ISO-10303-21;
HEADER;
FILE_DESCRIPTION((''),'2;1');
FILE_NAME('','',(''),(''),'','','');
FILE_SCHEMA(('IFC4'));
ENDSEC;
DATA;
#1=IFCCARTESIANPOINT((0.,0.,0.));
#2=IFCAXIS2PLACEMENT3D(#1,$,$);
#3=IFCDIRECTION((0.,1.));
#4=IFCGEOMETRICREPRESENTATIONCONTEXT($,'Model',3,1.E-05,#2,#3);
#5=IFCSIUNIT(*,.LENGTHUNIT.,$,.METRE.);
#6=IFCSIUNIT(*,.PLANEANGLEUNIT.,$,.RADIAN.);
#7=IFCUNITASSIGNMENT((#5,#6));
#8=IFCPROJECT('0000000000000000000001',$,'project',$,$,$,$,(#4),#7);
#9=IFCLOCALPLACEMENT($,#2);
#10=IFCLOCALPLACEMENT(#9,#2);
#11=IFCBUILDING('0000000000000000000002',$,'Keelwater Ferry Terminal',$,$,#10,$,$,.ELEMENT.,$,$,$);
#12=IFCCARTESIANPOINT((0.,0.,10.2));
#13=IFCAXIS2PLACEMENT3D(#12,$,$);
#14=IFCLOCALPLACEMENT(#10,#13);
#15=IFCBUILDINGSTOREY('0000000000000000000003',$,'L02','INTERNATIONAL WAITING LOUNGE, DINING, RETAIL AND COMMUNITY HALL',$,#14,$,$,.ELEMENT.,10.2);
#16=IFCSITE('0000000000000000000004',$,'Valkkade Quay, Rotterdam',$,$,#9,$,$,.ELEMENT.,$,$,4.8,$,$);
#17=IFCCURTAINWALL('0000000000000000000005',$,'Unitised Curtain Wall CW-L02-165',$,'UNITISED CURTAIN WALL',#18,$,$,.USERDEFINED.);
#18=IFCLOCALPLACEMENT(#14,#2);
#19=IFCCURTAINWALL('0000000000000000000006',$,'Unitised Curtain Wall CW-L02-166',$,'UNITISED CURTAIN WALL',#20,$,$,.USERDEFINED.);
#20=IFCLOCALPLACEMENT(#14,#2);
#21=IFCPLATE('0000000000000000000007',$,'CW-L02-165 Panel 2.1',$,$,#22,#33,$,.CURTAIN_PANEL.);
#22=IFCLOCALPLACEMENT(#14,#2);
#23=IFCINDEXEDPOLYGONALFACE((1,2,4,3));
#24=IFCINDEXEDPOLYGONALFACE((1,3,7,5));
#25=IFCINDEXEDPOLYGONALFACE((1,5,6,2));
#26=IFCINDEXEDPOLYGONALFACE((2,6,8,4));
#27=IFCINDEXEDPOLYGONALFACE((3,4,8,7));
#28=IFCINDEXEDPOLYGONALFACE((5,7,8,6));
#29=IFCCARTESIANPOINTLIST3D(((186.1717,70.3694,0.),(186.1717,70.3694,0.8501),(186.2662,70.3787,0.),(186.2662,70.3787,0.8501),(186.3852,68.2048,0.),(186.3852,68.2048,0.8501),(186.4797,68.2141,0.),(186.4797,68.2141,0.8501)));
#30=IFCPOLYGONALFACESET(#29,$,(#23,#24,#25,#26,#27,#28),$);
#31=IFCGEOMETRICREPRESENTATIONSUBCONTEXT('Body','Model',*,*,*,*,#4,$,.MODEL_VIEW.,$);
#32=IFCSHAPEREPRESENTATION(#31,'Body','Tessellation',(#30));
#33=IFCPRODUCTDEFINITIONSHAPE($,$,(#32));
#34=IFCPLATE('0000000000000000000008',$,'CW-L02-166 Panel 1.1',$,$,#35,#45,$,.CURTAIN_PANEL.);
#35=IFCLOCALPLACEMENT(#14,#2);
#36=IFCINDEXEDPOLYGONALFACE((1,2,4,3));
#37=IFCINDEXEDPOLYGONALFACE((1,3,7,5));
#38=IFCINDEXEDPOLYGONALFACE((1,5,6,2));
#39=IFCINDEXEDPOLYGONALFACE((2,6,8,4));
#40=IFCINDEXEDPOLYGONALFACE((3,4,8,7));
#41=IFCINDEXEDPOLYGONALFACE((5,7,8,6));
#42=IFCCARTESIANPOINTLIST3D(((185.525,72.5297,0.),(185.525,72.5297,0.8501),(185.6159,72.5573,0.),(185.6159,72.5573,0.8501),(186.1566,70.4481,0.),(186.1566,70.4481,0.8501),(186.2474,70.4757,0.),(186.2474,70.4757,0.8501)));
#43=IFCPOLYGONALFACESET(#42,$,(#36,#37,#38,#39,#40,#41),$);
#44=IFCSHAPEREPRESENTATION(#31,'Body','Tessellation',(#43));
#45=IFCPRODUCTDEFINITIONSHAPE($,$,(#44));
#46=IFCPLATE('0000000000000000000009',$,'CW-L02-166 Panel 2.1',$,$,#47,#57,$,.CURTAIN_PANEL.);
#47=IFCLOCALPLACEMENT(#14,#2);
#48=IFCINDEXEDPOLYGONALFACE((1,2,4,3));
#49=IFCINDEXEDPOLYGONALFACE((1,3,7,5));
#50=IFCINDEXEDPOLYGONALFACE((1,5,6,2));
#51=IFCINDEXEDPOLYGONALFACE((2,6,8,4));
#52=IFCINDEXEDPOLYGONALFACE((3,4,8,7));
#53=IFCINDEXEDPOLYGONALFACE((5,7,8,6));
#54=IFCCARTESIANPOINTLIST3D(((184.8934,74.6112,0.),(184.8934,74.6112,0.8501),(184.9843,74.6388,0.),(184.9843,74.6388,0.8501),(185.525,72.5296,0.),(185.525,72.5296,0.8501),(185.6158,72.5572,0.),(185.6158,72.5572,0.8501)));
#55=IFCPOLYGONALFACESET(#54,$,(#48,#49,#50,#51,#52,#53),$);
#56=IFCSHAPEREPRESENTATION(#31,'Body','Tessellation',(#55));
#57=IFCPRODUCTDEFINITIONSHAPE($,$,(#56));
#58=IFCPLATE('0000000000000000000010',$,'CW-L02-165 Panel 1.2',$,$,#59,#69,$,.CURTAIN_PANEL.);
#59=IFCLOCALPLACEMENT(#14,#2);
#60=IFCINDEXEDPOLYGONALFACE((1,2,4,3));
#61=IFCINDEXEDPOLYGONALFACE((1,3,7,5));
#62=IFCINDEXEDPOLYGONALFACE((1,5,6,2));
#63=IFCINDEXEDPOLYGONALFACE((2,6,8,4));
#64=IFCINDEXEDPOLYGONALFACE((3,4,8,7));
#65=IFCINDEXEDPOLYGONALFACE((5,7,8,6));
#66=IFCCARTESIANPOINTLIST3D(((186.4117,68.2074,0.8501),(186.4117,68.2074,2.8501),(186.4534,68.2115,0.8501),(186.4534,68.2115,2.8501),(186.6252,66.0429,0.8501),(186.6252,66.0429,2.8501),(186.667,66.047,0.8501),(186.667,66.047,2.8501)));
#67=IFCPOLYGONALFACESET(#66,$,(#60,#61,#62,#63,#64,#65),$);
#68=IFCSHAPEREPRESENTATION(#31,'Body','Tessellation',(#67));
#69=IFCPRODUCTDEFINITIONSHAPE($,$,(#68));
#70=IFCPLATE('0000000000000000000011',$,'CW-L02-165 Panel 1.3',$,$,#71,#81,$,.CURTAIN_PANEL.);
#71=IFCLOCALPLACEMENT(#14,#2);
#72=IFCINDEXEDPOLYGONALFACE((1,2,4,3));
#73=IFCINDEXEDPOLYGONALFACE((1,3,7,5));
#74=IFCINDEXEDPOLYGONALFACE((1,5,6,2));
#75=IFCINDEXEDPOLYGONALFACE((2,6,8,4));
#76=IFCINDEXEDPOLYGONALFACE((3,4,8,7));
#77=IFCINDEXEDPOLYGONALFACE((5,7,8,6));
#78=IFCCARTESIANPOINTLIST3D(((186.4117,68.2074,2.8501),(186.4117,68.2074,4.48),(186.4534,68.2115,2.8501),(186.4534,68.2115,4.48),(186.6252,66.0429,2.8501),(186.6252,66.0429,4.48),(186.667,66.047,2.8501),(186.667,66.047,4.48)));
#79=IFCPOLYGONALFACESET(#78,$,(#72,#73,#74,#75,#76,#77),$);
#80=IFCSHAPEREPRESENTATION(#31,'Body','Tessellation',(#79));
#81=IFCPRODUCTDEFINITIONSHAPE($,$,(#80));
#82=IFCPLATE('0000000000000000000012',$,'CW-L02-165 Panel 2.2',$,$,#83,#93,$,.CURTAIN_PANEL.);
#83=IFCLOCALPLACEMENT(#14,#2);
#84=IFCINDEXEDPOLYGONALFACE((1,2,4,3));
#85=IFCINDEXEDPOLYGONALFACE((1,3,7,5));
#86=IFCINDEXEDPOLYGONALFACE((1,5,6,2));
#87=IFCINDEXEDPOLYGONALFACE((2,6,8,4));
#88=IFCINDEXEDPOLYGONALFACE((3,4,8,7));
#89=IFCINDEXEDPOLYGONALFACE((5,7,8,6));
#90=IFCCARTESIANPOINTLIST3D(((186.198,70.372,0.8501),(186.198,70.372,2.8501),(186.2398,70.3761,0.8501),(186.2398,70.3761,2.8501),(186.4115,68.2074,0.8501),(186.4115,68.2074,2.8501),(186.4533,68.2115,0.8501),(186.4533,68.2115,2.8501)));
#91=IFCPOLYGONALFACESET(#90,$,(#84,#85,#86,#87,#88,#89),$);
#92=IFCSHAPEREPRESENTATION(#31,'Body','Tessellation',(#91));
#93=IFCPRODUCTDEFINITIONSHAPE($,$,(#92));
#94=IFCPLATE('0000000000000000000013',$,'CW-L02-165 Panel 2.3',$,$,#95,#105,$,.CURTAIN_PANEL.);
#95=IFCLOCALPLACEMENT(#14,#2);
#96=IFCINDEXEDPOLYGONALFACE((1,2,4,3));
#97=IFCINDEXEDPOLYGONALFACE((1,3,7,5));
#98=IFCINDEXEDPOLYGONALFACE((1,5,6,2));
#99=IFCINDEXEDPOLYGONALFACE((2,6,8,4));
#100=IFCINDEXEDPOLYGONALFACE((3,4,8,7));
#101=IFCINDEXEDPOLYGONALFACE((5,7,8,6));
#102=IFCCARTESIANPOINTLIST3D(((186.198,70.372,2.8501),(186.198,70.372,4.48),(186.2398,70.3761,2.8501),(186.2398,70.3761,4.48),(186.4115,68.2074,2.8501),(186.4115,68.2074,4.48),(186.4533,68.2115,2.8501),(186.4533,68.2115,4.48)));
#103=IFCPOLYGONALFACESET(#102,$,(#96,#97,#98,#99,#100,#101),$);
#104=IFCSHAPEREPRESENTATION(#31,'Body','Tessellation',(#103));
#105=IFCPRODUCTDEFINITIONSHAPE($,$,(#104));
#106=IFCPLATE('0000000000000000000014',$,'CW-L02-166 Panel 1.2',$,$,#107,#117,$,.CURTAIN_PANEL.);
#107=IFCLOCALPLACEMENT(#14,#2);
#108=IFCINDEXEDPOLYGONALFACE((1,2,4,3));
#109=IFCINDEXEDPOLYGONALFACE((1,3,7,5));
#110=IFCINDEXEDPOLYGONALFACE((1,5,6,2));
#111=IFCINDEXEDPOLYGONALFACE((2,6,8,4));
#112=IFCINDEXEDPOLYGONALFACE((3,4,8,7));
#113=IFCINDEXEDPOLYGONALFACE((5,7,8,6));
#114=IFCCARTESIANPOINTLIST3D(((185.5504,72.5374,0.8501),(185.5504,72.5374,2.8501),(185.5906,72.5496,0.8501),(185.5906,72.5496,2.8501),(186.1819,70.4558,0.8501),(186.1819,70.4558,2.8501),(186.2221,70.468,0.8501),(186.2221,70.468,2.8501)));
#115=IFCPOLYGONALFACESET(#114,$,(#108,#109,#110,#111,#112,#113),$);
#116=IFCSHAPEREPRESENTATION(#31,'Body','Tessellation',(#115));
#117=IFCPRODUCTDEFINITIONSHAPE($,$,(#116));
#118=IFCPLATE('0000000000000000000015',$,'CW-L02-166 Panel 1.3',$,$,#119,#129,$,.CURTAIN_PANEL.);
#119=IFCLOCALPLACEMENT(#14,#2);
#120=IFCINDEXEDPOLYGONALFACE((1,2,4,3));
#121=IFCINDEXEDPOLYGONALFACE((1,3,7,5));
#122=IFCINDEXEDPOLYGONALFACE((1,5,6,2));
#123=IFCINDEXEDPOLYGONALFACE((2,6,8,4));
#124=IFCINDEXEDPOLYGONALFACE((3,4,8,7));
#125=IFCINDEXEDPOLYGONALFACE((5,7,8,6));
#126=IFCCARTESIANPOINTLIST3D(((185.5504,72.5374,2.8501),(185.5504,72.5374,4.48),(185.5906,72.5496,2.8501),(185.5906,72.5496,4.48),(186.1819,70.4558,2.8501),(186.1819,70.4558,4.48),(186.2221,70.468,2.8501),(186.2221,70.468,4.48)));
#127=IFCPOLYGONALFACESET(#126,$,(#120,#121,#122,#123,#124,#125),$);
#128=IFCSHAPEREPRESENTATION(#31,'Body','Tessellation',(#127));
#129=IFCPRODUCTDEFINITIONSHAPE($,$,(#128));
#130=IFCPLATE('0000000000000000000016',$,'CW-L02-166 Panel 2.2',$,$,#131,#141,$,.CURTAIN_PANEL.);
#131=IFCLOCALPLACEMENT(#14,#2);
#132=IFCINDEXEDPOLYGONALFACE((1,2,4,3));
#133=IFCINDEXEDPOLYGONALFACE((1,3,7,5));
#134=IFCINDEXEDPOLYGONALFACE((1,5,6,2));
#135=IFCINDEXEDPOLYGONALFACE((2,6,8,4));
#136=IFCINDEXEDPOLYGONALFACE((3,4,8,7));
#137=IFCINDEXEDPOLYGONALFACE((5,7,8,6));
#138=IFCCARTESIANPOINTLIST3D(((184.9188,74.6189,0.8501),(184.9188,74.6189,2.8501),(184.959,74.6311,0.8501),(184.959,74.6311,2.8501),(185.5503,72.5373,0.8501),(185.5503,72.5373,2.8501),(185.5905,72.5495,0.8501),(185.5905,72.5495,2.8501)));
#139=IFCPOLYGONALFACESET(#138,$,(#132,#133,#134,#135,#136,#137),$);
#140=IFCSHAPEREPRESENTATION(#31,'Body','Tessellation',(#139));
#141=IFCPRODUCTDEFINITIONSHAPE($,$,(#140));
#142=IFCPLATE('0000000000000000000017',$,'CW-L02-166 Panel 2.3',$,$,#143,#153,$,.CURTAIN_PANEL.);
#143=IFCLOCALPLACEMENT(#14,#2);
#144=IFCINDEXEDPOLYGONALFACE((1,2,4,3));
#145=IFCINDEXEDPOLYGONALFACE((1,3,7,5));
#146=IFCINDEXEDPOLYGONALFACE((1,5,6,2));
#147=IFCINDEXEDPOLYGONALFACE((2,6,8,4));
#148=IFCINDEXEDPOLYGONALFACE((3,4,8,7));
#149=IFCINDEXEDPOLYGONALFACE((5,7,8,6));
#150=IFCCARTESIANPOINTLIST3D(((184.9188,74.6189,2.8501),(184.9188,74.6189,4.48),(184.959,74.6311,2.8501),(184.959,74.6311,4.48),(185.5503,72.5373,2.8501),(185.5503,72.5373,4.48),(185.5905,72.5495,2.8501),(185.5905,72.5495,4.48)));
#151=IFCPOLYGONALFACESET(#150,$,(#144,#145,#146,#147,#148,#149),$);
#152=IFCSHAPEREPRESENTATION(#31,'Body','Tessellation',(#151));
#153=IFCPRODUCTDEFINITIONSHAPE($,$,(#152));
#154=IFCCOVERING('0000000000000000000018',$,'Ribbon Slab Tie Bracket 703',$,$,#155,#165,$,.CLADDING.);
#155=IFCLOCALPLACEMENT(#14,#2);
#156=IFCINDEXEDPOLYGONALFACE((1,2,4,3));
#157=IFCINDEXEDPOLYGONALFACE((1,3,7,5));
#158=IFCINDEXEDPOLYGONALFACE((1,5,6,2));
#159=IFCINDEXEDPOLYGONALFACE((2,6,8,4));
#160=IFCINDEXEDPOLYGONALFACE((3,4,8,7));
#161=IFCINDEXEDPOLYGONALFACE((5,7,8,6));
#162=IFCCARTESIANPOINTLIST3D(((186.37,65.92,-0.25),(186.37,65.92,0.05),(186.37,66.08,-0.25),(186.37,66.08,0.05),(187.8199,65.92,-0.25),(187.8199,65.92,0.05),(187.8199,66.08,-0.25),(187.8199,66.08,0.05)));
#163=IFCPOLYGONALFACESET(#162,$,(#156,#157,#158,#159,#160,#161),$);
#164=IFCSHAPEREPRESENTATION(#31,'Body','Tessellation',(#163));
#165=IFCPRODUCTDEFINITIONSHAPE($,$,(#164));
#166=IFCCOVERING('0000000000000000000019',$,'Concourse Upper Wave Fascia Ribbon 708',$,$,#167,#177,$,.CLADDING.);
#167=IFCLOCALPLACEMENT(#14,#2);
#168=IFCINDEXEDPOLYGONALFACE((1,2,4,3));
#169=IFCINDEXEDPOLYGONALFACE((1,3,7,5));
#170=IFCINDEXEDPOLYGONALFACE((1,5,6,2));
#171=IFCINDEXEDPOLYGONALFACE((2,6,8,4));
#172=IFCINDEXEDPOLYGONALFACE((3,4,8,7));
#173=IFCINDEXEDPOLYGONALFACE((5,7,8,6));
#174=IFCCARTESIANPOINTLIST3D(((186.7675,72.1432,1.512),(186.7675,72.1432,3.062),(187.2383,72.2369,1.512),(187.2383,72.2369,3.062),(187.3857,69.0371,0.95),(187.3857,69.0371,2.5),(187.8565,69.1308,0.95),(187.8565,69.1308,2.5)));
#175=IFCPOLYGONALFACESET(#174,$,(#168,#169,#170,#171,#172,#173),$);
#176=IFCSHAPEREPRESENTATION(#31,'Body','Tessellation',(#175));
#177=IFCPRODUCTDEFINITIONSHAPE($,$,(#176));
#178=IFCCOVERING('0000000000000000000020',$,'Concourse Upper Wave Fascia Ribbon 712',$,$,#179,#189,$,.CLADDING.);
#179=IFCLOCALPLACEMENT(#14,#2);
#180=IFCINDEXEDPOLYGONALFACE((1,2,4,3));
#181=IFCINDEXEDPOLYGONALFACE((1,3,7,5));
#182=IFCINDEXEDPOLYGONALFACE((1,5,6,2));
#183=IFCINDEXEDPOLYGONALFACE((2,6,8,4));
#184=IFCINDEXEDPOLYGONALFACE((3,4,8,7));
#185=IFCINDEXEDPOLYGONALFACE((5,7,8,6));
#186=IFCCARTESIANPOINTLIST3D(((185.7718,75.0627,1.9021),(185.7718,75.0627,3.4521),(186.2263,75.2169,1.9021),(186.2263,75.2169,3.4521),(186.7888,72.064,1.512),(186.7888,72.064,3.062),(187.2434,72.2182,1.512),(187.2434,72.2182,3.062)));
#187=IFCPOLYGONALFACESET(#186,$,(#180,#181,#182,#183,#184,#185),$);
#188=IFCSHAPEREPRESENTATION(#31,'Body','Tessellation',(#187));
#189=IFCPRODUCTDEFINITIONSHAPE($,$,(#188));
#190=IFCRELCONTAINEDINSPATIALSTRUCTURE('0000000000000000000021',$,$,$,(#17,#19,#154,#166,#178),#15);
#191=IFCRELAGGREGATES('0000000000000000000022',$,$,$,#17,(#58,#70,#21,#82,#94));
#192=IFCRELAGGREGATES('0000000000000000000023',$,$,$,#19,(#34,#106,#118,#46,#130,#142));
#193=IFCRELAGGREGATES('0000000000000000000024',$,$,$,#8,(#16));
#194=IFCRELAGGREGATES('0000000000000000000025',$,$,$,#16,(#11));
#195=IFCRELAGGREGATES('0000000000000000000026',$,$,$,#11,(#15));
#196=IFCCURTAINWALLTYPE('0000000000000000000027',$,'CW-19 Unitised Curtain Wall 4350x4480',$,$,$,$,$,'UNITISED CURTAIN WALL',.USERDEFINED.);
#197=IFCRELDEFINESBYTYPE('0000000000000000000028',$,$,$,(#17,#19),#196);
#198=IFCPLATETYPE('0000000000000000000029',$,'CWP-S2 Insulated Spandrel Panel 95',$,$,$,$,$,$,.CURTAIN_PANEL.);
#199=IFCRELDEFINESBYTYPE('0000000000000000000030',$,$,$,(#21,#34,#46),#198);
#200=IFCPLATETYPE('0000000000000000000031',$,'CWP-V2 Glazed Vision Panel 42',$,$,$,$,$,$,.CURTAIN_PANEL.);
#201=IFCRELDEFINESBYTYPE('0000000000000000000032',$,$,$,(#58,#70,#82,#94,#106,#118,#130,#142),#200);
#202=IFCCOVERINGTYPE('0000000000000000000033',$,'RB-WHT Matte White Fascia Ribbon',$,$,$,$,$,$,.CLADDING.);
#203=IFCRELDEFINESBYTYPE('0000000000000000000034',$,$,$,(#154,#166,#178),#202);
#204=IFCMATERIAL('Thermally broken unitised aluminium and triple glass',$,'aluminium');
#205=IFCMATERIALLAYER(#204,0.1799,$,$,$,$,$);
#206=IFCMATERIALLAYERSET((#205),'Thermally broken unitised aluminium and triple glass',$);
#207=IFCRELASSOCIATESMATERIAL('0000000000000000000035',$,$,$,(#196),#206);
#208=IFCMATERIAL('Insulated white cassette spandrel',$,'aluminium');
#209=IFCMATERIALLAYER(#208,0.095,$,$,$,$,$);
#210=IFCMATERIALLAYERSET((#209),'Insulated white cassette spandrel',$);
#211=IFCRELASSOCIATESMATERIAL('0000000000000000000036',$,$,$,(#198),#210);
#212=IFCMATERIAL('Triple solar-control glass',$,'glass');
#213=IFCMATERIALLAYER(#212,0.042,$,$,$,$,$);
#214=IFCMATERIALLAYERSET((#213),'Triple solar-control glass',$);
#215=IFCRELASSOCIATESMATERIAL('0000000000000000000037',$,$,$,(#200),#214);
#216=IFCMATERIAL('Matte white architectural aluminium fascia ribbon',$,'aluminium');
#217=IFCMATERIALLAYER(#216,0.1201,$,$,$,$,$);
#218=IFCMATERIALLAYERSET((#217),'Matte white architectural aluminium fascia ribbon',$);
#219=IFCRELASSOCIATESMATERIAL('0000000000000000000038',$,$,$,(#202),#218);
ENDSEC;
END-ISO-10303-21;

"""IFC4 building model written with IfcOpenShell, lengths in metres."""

from ifc_helpers import new_model, si_unit, direction, frame, frame_2d, origin, origin_2d, place, context, subcontext, project, spatial, polyline, rectangle, outline, extrude, material, layer, layer_set, type_object, element, aggregate, save


model = new_model("IFC4")

# Units and contexts
model_context = context("Model", 3, precision=1e-05, world=origin(), true_north=direction((0.0, 1.0)))
body_context = subcontext(model_context, "Body", "Model", "MODEL_VIEW")
ifc_project = project(units=[si_unit("LENGTHUNIT", "METRE"), si_unit("PLANEANGLEUNIT", "RADIAN")], contexts=[model_context])

# Site, building, storey
site_placement = place(None, origin())
site = spatial("IfcSite", under=ifc_project, at=site_placement, Name="Valkkade Quay, Rotterdam", CompositionType="ELEMENT", RefElevation=4.8)
building_placement = place(site_placement, origin())
building = spatial("IfcBuilding", under=site, at=building_placement, Name="Keelwater Ferry Terminal", CompositionType="ELEMENT")
storey_placement = place(building_placement, frame((0.0, 0.0, 10.2)))
storey = spatial("IfcBuildingStorey", under=building, at=storey_placement, Name="L02", Description="INTERNATIONAL WAITING LOUNGE, DINING, RETAIL AND COMMUNITY HALL", CompositionType="ELEMENT", Elevation=10.2)

# Curtain walls
ifc_material_1 = material(Name="Thermally broken unitised aluminium and triple glass", Category="aluminium")
ifc_layer_1 = layer(ifc_material_1, 0.1799)
ifc_layer_set_1 = layer_set([ifc_layer_1], Name="Thermally broken unitised aluminium and triple glass")
curtain_wall_type = type_object("IfcCurtainWallType", Name="CW-19 Unitised Curtain Wall 4350x4480", ElementType="UNITISED CURTAIN WALL", PredefinedType="USERDEFINED", material=ifc_layer_set_1)
curtain_wall_1_placement = place(storey_placement, origin())
curtain_wall_1 = element("IfcCurtainWall", 1, at=curtain_wall_1_placement, inside=storey, type_object=curtain_wall_type, Name="Unitised Curtain Wall CW-L02-165", ObjectType="UNITISED CURTAIN WALL", PredefinedType="USERDEFINED")
curtain_wall_2_placement = place(storey_placement, origin())
curtain_wall_2 = element("IfcCurtainWall", 2, at=curtain_wall_2_placement, inside=storey, type_object=curtain_wall_type, Name="Unitised Curtain Wall CW-L02-166", ObjectType="UNITISED CURTAIN WALL", PredefinedType="USERDEFINED")

# Plates
ifc_material_2 = material(Name="Insulated white cassette spandrel", Category="aluminium")
ifc_layer_2 = layer(ifc_material_2, 0.095)
ifc_layer_set_2 = layer_set([ifc_layer_2], Name="Insulated white cassette spandrel")
plate_type_1 = type_object("IfcPlateType", Name="CWP-S2 Insulated Spandrel Panel 95", PredefinedType="CURTAIN_PANEL", material=ifc_layer_set_2)
plate_1_placement = place(storey_placement, frame((186.3257, 69.2917, 0.0), z_axis=(0.0, 0.0, 1.0), x_axis=(-0.098161, 0.995171, 0.0)))
plate_1 = element("IfcPlate", 3, at=plate_1_placement, type_object=plate_type_1, Name="CW-L02-165 Panel 2.1", PredefinedType="CURTAIN_PANEL", context=body_context, shape_type="SweptSolid", body=[
    extrude(rectangle(XDim=2.175, YDim=0.095, at=origin_2d()), origin(), (0.0, 0.0, 1.0), 0.8501),
])
plate_2_placement = place(storey_placement, frame((185.8862, 71.5027, 0.0), z_axis=(0.0, 0.0, 1.0), x_axis=(-0.29032, 0.95693, 0.0)))
plate_2 = element("IfcPlate", 4, at=plate_2_placement, type_object=plate_type_1, Name="CW-L02-166 Panel 1.1", PredefinedType="CURTAIN_PANEL", context=body_context, shape_type="SweptSolid", body=[
    extrude(rectangle(XDim=2.1753, YDim=0.095, at=origin_2d()), origin(), (0.0, 0.0, 1.0), 0.8501),
])
plate_3_placement = place(storey_placement, frame((185.2546, 73.5842, 0.0), z_axis=(0.0, 0.0, 1.0), x_axis=(-0.29032, 0.95693, 0.0)))
plate_3 = element("IfcPlate", 5, at=plate_3_placement, type_object=plate_type_1, Name="CW-L02-166 Panel 2.1", PredefinedType="CURTAIN_PANEL", context=body_context, shape_type="SweptSolid", body=[
    extrude(rectangle(XDim=2.1753, YDim=0.095, at=origin_2d()), origin(), (0.0, 0.0, 1.0), 0.8501),
])
ifc_material_3 = material(Name="Triple solar-control glass", Category="glass")
ifc_layer_3 = layer(ifc_material_3, 0.042)
ifc_layer_set_3 = layer_set([ifc_layer_3], Name="Triple solar-control glass")
plate_type_2 = type_object("IfcPlateType", Name="CWP-V2 Glazed Vision Panel 42", PredefinedType="CURTAIN_PANEL", material=ifc_layer_set_3)
plate_4_placement = place(storey_placement, frame((186.5393, 67.1272, 0.8501), z_axis=(0.0, 0.0, 1.0), x_axis=(-0.098161, 0.995171, 0.0)))
plate_4 = element("IfcPlate", 6, at=plate_4_placement, type_object=plate_type_2, Name="CW-L02-165 Panel 1.2", PredefinedType="CURTAIN_PANEL", context=body_context, shape_type="SweptSolid", body=[
    extrude(rectangle(XDim=2.175, YDim=0.042, at=origin_2d()), origin(), (0.0, 0.0, 1.0), 2.0),
])
plate_5_placement = place(storey_placement, frame((186.5393, 67.1272, 2.8501), z_axis=(0.0, 0.0, 1.0), x_axis=(-0.098161, 0.995171, 0.0)))
plate_5 = element("IfcPlate", 7, at=plate_5_placement, type_object=plate_type_2, Name="CW-L02-165 Panel 1.3", PredefinedType="CURTAIN_PANEL", context=body_context, shape_type="SweptSolid", body=[
    extrude(rectangle(XDim=2.175, YDim=0.042, at=origin_2d()), origin(), (0.0, 0.0, 1.0), 1.6299),
])
plate_6_placement = place(storey_placement, frame((186.3257, 69.2917, 0.8501), z_axis=(0.0, 0.0, 1.0), x_axis=(-0.098161, 0.995171, 0.0)))
plate_6 = element("IfcPlate", 8, at=plate_6_placement, type_object=plate_type_2, Name="CW-L02-165 Panel 2.2", PredefinedType="CURTAIN_PANEL", context=body_context, shape_type="SweptSolid", body=[
    extrude(rectangle(XDim=2.175, YDim=0.042, at=origin_2d()), origin(), (0.0, 0.0, 1.0), 2.0),
])
plate_7_placement = place(storey_placement, frame((186.3257, 69.2917, 2.8501), z_axis=(0.0, 0.0, 1.0), x_axis=(-0.098161, 0.995171, 0.0)))
plate_7 = element("IfcPlate", 9, at=plate_7_placement, type_object=plate_type_2, Name="CW-L02-165 Panel 2.3", PredefinedType="CURTAIN_PANEL", context=body_context, shape_type="SweptSolid", body=[
    extrude(rectangle(XDim=2.175, YDim=0.042, at=origin_2d()), origin(), (0.0, 0.0, 1.0), 1.6299),
])
aggregate(curtain_wall_1, [plate_4, plate_5, plate_1, plate_6, plate_7])
plate_8_placement = place(storey_placement, frame((185.8862, 71.5027, 0.8501), z_axis=(0.0, 0.0, 1.0), x_axis=(-0.29032, 0.95693, 0.0)))
plate_8 = element("IfcPlate", 10, at=plate_8_placement, type_object=plate_type_2, Name="CW-L02-166 Panel 1.2", PredefinedType="CURTAIN_PANEL", context=body_context, shape_type="SweptSolid", body=[
    extrude(rectangle(XDim=2.1753, YDim=0.042, at=origin_2d()), origin(), (0.0, 0.0, 1.0), 2.0),
])
plate_9_placement = place(storey_placement, frame((185.8862, 71.5027, 2.8501), z_axis=(0.0, 0.0, 1.0), x_axis=(-0.29032, 0.95693, 0.0)))
plate_9 = element("IfcPlate", 11, at=plate_9_placement, type_object=plate_type_2, Name="CW-L02-166 Panel 1.3", PredefinedType="CURTAIN_PANEL", context=body_context, shape_type="SweptSolid", body=[
    extrude(rectangle(XDim=2.1753, YDim=0.042, at=origin_2d()), origin(), (0.0, 0.0, 1.0), 1.6299),
])
plate_10_placement = place(storey_placement, frame((185.2546, 73.5842, 0.8501), z_axis=(0.0, 0.0, 1.0), x_axis=(-0.29032, 0.95693, 0.0)))
plate_10 = element("IfcPlate", 12, at=plate_10_placement, type_object=plate_type_2, Name="CW-L02-166 Panel 2.2", PredefinedType="CURTAIN_PANEL", context=body_context, shape_type="SweptSolid", body=[
    extrude(rectangle(XDim=2.1753, YDim=0.042, at=origin_2d()), origin(), (0.0, 0.0, 1.0), 2.0),
])
plate_11_placement = place(storey_placement, frame((185.2546, 73.5842, 2.8501), z_axis=(0.0, 0.0, 1.0), x_axis=(-0.29032, 0.95693, 0.0)))
plate_11 = element("IfcPlate", 13, at=plate_11_placement, type_object=plate_type_2, Name="CW-L02-166 Panel 2.3", PredefinedType="CURTAIN_PANEL", context=body_context, shape_type="SweptSolid", body=[
    extrude(rectangle(XDim=2.1753, YDim=0.042, at=origin_2d()), origin(), (0.0, 0.0, 1.0), 1.6299),
])
aggregate(curtain_wall_2, [plate_2, plate_8, plate_9, plate_3, plate_10, plate_11])

# Coverings
ifc_material_4 = material(Name="Matte white architectural aluminium fascia ribbon", Category="aluminium")
ifc_layer_4 = layer(ifc_material_4, 0.1201)
ifc_layer_set_4 = layer_set([ifc_layer_4], Name="Matte white architectural aluminium fascia ribbon")
covering_type = type_object("IfcCoveringType", Name="RB-WHT Matte White Fascia Ribbon", PredefinedType="CLADDING", material=ifc_layer_set_4)
covering_1_placement = place(storey_placement, frame((187.8201, 66.0, -0.25), z_axis=(0.0, 0.0, 1.0), x_axis=(-1.0, 0.0, 0.0)))
element("IfcCovering", 14, at=covering_1_placement, inside=storey, type_object=covering_type, Name="Ribbon Slab Tie Bracket 703", PredefinedType="CLADDING", context=body_context, shape_type="SweptSolid", body=[
    extrude(rectangle(XDim=1.45, YDim=0.1599, at=frame_2d((0.7251, 0.0))), origin(), (0.0, 0.0, 1.0), 0.3),
])
covering_2_placement = place(storey_placement, frame((187.6211, 69.084, 0.95), z_axis=(0.0, 0.0, 1.0), x_axis=(-0.195197, 0.980764, 0.0)))
element("IfcCovering", 15, at=covering_2_placement, inside=storey, type_object=covering_type, Name="Concourse Upper Wave Fascia Ribbon 708", PredefinedType="CLADDING", context=body_context, shape_type="SweptSolid", body=[
    extrude(outline(polyline([(0.0, 0.0), (3.167, 0.562), (3.167, 2.1121), (0.0, 1.55), (0.0, 0.0)])), frame((0.0, 0.24, 0.0), z_axis=(0.0, -1.0, 0.0), x_axis=(1.0, 0.0, 0.0)), (0.0, 0.0, 1.0), 0.48),
])
covering_3_placement = place(storey_placement, frame((187.0161, 72.1411, 1.512), z_axis=(0.0, 0.0, 1.0), x_axis=(-0.321196, 0.947013, 0.0)))
element("IfcCovering", 16, at=covering_3_placement, inside=storey, type_object=covering_type, Name="Concourse Upper Wave Fascia Ribbon 712", PredefinedType="CLADDING", context=body_context, shape_type="SweptSolid", body=[
    extrude(outline(polyline([(0.0, 0.0), (3.1665, 0.3901), (3.1665, 1.9402), (0.0, 1.55), (0.0, 0.0)])), frame((0.0, 0.24, 0.0), z_axis=(0.0, -1.0, 0.0), x_axis=(1.0, 0.0, 0.0)), (0.0, 0.0, 1.0), 0.48),
])

save(model, "model.ifc")
